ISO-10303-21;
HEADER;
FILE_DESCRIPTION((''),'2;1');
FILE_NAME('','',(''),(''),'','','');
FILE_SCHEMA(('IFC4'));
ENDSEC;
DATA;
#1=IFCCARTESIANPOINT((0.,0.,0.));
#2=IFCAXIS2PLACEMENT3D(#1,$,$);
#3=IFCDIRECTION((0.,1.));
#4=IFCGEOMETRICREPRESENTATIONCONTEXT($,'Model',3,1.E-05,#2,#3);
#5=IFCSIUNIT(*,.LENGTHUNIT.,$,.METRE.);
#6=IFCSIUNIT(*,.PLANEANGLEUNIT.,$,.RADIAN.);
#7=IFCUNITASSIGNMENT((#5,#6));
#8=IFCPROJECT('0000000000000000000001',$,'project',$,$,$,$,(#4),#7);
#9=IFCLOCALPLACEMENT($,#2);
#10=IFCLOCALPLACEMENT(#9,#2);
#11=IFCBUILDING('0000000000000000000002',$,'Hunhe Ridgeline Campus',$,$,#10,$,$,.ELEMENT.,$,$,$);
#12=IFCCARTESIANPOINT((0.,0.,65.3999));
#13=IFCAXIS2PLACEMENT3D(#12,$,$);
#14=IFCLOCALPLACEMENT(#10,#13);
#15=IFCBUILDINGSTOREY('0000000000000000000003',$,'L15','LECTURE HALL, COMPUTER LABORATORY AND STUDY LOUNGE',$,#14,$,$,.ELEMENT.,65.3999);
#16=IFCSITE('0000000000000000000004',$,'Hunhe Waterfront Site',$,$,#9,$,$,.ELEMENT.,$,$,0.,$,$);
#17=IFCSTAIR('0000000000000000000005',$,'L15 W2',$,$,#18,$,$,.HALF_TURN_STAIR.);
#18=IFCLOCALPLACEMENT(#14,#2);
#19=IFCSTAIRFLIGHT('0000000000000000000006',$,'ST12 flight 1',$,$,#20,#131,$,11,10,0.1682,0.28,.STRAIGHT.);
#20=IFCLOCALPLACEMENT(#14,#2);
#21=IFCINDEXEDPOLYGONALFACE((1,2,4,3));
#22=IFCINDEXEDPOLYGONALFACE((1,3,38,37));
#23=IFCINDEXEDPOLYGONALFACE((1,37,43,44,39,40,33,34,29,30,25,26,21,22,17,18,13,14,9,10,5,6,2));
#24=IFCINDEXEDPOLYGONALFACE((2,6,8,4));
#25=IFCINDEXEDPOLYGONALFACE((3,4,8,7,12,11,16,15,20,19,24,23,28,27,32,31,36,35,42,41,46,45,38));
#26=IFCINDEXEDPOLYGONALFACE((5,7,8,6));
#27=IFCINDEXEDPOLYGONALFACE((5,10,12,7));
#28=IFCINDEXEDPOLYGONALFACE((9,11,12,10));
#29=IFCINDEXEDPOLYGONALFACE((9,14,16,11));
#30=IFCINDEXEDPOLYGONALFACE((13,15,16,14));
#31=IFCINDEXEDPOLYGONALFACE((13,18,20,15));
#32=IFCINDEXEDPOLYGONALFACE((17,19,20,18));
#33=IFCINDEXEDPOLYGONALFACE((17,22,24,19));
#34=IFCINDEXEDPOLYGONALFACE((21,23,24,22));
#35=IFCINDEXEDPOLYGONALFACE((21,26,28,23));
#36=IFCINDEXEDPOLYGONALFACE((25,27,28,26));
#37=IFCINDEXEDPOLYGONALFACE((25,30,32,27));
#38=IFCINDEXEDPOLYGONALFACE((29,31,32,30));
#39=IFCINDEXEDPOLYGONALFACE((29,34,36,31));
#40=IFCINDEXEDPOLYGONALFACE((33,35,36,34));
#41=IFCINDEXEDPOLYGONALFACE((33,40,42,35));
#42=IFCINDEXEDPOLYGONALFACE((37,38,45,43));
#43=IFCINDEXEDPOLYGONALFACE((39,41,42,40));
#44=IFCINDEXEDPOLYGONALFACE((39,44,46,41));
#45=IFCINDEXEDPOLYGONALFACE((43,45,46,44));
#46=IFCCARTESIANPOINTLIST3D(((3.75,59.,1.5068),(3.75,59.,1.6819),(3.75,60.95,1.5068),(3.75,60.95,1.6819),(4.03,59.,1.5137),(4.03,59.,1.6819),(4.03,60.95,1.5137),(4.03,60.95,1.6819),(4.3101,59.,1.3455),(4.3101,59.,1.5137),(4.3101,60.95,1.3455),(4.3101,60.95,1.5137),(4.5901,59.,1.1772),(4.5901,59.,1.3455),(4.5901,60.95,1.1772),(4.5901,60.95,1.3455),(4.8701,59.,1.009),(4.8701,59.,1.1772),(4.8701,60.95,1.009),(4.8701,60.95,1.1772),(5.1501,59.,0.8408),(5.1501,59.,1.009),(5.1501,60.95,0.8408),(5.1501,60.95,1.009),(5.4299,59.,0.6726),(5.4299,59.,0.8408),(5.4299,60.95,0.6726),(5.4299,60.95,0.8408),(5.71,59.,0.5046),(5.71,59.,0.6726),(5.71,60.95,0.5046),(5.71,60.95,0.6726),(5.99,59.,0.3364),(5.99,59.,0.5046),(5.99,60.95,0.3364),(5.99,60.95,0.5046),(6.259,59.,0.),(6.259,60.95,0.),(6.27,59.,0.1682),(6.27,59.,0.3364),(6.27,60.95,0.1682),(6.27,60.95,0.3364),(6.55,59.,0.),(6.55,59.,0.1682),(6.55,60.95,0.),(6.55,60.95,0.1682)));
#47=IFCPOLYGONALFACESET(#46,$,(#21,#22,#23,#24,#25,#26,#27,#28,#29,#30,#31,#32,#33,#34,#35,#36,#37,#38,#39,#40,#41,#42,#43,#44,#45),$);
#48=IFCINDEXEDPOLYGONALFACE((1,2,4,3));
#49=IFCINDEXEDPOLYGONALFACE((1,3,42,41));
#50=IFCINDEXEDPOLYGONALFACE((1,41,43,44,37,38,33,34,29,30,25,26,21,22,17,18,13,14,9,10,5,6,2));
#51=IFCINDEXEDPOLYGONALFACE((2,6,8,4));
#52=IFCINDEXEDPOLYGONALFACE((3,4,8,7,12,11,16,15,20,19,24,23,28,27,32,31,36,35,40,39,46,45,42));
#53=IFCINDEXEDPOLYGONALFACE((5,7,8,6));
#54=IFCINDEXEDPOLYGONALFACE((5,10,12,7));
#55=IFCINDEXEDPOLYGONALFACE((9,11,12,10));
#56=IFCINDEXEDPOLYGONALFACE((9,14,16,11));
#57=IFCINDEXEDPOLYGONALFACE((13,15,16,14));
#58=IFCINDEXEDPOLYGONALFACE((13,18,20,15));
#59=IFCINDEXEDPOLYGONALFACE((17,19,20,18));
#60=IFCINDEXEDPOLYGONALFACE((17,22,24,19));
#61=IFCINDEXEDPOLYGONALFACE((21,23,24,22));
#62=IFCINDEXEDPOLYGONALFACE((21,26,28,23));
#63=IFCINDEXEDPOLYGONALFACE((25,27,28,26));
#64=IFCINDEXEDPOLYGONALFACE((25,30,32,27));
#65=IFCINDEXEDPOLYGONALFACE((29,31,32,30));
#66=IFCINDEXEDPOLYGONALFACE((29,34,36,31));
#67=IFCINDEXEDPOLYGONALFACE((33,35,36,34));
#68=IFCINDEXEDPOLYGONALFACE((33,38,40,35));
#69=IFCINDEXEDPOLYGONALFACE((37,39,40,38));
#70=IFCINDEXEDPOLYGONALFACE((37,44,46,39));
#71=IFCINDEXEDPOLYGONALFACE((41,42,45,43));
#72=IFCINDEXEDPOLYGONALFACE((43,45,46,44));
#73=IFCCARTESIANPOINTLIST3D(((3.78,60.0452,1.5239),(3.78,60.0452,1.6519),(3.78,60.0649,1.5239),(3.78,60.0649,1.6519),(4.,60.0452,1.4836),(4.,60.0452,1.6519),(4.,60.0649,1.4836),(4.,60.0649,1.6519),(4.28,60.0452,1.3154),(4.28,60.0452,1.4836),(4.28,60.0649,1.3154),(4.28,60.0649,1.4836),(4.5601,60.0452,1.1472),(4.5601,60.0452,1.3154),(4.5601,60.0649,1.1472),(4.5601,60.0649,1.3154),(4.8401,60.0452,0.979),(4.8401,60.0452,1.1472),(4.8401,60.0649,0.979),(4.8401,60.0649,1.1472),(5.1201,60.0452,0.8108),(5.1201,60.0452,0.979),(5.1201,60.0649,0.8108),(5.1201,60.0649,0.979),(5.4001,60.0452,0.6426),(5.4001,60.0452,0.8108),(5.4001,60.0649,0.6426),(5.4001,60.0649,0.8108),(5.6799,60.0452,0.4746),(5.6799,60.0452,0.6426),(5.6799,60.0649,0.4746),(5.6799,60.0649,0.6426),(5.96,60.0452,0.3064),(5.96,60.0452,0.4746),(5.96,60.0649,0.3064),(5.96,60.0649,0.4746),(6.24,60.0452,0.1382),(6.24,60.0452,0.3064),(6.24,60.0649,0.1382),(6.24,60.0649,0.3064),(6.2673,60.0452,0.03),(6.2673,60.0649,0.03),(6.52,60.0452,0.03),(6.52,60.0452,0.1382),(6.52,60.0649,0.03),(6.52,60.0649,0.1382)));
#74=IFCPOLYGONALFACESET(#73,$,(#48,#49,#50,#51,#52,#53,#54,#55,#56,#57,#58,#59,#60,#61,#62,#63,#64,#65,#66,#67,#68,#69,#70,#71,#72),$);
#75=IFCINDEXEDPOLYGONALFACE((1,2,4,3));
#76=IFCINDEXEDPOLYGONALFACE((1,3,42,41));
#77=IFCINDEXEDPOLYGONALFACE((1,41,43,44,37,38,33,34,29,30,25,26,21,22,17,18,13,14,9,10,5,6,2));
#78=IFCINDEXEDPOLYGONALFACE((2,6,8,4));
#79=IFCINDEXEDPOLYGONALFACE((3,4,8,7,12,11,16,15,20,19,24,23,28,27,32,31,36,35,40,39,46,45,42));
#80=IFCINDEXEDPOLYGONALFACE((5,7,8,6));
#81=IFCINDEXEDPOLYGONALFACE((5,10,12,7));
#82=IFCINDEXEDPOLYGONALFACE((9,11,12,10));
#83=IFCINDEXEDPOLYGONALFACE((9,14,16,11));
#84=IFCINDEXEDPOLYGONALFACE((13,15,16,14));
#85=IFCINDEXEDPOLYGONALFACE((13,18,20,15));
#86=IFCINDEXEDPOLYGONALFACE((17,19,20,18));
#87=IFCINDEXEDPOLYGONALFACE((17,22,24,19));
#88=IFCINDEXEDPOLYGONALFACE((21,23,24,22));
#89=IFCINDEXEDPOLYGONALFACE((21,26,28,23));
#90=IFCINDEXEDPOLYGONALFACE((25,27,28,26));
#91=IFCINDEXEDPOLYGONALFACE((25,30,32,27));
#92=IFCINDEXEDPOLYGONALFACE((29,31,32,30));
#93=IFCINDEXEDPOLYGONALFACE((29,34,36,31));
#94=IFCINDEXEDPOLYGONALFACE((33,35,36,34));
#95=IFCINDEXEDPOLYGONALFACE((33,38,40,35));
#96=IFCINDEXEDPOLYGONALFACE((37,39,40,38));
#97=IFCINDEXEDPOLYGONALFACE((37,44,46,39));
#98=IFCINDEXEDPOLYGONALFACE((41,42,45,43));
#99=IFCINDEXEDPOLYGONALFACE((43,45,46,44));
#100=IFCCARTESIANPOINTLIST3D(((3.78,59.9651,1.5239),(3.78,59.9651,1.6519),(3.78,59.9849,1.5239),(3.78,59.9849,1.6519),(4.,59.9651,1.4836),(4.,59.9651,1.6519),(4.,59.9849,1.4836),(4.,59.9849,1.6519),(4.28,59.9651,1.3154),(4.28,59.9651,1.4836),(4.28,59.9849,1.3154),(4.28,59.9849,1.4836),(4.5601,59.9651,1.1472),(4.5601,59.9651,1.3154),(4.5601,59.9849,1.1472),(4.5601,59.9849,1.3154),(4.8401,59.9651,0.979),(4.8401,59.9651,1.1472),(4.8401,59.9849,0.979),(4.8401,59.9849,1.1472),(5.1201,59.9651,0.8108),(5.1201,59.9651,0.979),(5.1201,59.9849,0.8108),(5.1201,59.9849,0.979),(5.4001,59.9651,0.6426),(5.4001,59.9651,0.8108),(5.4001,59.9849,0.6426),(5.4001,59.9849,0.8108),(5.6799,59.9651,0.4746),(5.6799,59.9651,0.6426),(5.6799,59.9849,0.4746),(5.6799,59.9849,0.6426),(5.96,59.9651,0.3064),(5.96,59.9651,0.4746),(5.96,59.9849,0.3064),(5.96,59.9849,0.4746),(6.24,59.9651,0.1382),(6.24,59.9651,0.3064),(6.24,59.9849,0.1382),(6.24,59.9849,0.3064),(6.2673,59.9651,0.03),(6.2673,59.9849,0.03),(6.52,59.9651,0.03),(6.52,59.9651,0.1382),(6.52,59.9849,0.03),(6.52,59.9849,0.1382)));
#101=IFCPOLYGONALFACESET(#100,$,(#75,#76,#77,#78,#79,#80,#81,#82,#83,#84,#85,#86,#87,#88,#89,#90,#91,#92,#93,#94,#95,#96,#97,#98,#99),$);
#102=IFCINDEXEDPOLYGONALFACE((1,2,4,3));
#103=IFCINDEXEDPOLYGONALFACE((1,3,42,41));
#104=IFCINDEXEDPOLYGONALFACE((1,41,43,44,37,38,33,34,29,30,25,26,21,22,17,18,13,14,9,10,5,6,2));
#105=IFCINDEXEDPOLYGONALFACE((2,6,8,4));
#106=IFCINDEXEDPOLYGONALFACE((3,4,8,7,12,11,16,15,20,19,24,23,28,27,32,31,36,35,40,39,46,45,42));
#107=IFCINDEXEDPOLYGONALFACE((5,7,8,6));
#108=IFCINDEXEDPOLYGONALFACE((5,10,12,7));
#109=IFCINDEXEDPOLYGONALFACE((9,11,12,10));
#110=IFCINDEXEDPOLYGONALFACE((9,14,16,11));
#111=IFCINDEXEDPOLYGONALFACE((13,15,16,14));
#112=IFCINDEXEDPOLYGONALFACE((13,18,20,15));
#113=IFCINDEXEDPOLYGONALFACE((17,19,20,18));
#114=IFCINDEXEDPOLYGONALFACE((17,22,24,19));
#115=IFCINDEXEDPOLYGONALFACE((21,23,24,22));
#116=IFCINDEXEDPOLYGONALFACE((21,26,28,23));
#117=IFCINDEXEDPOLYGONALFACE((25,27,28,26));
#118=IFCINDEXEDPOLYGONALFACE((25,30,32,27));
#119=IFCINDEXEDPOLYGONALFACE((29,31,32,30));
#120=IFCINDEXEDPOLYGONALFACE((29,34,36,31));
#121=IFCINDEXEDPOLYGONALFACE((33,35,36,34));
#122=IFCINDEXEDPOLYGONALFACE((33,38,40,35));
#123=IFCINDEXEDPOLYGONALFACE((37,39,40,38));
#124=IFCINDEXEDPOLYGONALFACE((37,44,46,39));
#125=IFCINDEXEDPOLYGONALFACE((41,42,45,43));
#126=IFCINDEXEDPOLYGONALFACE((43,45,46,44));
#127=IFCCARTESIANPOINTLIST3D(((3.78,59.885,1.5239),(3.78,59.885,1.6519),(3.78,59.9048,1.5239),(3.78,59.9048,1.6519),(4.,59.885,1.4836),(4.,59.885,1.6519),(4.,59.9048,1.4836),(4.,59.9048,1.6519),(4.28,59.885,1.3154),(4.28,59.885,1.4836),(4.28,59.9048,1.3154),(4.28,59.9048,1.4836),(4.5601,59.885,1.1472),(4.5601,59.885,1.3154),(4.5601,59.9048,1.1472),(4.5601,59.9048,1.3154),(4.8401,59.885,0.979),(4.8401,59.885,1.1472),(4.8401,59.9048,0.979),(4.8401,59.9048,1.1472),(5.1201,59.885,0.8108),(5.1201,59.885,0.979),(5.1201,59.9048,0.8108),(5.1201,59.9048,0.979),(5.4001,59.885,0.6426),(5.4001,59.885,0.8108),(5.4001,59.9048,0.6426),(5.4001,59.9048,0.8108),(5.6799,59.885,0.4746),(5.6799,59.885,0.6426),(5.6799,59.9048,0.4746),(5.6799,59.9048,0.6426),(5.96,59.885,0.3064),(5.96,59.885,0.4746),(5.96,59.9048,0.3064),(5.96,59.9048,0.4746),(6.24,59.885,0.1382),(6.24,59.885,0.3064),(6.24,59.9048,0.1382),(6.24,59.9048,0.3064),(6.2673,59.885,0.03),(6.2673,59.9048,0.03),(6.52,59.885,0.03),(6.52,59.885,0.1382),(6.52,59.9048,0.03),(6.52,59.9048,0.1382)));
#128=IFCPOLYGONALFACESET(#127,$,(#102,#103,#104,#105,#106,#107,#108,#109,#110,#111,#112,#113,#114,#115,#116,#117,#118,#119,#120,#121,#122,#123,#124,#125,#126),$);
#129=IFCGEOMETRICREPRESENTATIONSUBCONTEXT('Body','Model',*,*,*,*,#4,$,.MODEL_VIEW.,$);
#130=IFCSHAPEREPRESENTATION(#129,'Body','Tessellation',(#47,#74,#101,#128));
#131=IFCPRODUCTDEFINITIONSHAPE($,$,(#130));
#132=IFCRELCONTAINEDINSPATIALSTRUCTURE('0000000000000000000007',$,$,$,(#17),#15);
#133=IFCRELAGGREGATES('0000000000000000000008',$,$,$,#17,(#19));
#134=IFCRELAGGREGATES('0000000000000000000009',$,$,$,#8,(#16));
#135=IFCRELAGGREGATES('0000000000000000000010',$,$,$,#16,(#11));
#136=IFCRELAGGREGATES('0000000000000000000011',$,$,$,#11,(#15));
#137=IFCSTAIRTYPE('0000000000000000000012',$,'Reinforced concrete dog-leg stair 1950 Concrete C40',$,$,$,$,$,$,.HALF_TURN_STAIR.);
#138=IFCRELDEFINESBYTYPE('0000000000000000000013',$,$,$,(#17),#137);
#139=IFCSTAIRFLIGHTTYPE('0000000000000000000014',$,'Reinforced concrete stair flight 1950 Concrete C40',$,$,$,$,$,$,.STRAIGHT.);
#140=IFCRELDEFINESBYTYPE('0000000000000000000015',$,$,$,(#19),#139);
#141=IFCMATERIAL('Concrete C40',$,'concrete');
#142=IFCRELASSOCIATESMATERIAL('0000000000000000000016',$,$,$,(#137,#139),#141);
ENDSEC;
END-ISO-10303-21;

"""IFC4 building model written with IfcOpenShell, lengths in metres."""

from ifc_helpers import new_model, si_unit, direction, frame, origin, place, context, subcontext, project, spatial, polyline, outline, extrude, material, type_object, element, aggregate, save


model = new_model("IFC4")

# Units and contexts
model_context = context("Model", 3, precision=1e-05, world=origin(), true_north=direction((0.0, 1.0)))
body_context = subcontext(model_context, "Body", "Model", "MODEL_VIEW")
ifc_project = project(units=[si_unit("LENGTHUNIT", "METRE"), si_unit("PLANEANGLEUNIT", "RADIAN")], contexts=[model_context])

# Site, building, storey
site_placement = place(None, origin())
site = spatial("IfcSite", under=ifc_project, at=site_placement, Name="Hunhe Waterfront Site", CompositionType="ELEMENT", RefElevation=0.0)
building_placement = place(site_placement, origin())
building = spatial("IfcBuilding", under=site, at=building_placement, Name="Hunhe Ridgeline Campus", CompositionType="ELEMENT")
storey_placement = place(building_placement, frame((0.0, 0.0, 65.3999)))
storey = spatial("IfcBuildingStorey", under=building, at=storey_placement, Name="L15", Description="LECTURE HALL, COMPUTER LABORATORY AND STUDY LOUNGE", CompositionType="ELEMENT", Elevation=65.3999)

# Stair, stair flight
ifc_material_1 = material(Name="Concrete C40", Category="concrete")
stair_type = type_object("IfcStairType", Name="Reinforced concrete dog-leg stair 1950 Concrete C40", PredefinedType="HALF_TURN_STAIR", material=ifc_material_1)
stair_placement = place(storey_placement, origin())
stair = element("IfcStair", 1, at=stair_placement, inside=storey, type_object=stair_type, Name="L15 W2", PredefinedType="HALF_TURN_STAIR")
stair_flight_type = type_object("IfcStairFlightType", Name="Reinforced concrete stair flight 1950 Concrete C40", PredefinedType="STRAIGHT", material=ifc_material_1)
stair_flight_1_placement = place(storey_placement, frame((6.55, 59.9751, 0.0), z_axis=(0.0, 0.0, 1.0), x_axis=(-1.0, 0.0, 0.0)))
stair_flight_1 = element("IfcStairFlight", 2, at=stair_flight_1_placement, type_object=stair_flight_type, Name="ST12 flight 1", NumberOfRisers=11, NumberOfTreads=10, PredefinedType="STRAIGHT", RiserHeight=0.1682, TreadLength=0.28, context=body_context, shape_type="SweptSolid", body=[
    extrude(outline(polyline([(0.0, 0.0), (0.0, 0.1682), (0.28, 0.1682), (0.28, 0.3364), (0.5601, 0.3364), (0.5601, 0.5046), (0.8401, 0.5046), (0.8401, 0.6726), (1.1201, 0.6726), (1.1201, 0.8408), (1.3999, 0.8408), (1.3999, 1.009), (1.6799, 1.009), (1.6799, 1.1772), (1.96, 1.1772), (1.96, 1.3455), (2.24, 1.3455), (2.24, 1.5137), (2.52, 1.5137), (2.52, 1.6819), (2.8, 1.6819), (2.8, 1.8501), (2.8, 1.5068), (0.291, 0.0), (0.0, 0.0)])), frame((0.0, 0.9751, 0.0), z_axis=(0.0, -1.0, 0.0), x_axis=(1.0, 0.0, 0.0)), (0.0, 0.0, 1.0), 1.95),
    extrude(outline(polyline([(0.03, 0.03), (0.03, 0.1382), (0.3101, 0.1382), (0.3101, 0.3064), (0.5901, 0.3064), (0.5901, 0.4746), (0.8701, 0.4746), (0.8701, 0.6426), (1.1499, 0.6426), (1.1499, 0.8108), (1.4299, 0.8108), (1.4299, 0.979), (1.71, 0.979), (1.71, 1.1472), (1.99, 1.1472), (1.99, 1.3154), (2.27, 1.3154), (2.27, 1.4836), (2.55, 1.4836), (2.55, 1.6519), (2.77, 1.6519), (2.77, 1.5239), (0.2827, 0.03), (0.03, 0.03)])), frame((0.0, -0.0701, 0.0), z_axis=(0.0, -1.0, 0.0), x_axis=(1.0, 0.0, 0.0)), (0.0, 0.0, 1.0), 0.0198),
    extrude(outline(polyline([(0.03, 0.03), (0.03, 0.1382), (0.3101, 0.1382), (0.3101, 0.3064), (0.5901, 0.3064), (0.5901, 0.4746), (0.8701, 0.4746), (0.8701, 0.6426), (1.1499, 0.6426), (1.1499, 0.8108), (1.4299, 0.8108), (1.4299, 0.979), (1.71, 0.979), (1.71, 1.1472), (1.99, 1.1472), (1.99, 1.3154), (2.27, 1.3154), (2.27, 1.4836), (2.55, 1.4836), (2.55, 1.6519), (2.77, 1.6519), (2.77, 1.5239), (0.2827, 0.03), (0.03, 0.03)])), frame((0.0, 0.01, 0.0), z_axis=(0.0, -1.0, 0.0), x_axis=(1.0, 0.0, 0.0)), (0.0, 0.0, 1.0), 0.0198),
    extrude(outline(polyline([(0.03, 0.03), (0.03, 0.1382), (0.3101, 0.1382), (0.3101, 0.3064), (0.5901, 0.3064), (0.5901, 0.4746), (0.8701, 0.4746), (0.8701, 0.6426), (1.1499, 0.6426), (1.1499, 0.8108), (1.4299, 0.8108), (1.4299, 0.979), (1.71, 0.979), (1.71, 1.1472), (1.99, 1.1472), (1.99, 1.3154), (2.27, 1.3154), (2.27, 1.4836), (2.55, 1.4836), (2.55, 1.6519), (2.77, 1.6519), (2.77, 1.5239), (0.2827, 0.03), (0.03, 0.03)])), frame((0.0, 0.0901, 0.0), z_axis=(0.0, -1.0, 0.0), x_axis=(1.0, 0.0, 0.0)), (0.0, 0.0, 1.0), 0.0198),
])
aggregate(stair, [stair_flight_1])

save(model, "model.ifc")
